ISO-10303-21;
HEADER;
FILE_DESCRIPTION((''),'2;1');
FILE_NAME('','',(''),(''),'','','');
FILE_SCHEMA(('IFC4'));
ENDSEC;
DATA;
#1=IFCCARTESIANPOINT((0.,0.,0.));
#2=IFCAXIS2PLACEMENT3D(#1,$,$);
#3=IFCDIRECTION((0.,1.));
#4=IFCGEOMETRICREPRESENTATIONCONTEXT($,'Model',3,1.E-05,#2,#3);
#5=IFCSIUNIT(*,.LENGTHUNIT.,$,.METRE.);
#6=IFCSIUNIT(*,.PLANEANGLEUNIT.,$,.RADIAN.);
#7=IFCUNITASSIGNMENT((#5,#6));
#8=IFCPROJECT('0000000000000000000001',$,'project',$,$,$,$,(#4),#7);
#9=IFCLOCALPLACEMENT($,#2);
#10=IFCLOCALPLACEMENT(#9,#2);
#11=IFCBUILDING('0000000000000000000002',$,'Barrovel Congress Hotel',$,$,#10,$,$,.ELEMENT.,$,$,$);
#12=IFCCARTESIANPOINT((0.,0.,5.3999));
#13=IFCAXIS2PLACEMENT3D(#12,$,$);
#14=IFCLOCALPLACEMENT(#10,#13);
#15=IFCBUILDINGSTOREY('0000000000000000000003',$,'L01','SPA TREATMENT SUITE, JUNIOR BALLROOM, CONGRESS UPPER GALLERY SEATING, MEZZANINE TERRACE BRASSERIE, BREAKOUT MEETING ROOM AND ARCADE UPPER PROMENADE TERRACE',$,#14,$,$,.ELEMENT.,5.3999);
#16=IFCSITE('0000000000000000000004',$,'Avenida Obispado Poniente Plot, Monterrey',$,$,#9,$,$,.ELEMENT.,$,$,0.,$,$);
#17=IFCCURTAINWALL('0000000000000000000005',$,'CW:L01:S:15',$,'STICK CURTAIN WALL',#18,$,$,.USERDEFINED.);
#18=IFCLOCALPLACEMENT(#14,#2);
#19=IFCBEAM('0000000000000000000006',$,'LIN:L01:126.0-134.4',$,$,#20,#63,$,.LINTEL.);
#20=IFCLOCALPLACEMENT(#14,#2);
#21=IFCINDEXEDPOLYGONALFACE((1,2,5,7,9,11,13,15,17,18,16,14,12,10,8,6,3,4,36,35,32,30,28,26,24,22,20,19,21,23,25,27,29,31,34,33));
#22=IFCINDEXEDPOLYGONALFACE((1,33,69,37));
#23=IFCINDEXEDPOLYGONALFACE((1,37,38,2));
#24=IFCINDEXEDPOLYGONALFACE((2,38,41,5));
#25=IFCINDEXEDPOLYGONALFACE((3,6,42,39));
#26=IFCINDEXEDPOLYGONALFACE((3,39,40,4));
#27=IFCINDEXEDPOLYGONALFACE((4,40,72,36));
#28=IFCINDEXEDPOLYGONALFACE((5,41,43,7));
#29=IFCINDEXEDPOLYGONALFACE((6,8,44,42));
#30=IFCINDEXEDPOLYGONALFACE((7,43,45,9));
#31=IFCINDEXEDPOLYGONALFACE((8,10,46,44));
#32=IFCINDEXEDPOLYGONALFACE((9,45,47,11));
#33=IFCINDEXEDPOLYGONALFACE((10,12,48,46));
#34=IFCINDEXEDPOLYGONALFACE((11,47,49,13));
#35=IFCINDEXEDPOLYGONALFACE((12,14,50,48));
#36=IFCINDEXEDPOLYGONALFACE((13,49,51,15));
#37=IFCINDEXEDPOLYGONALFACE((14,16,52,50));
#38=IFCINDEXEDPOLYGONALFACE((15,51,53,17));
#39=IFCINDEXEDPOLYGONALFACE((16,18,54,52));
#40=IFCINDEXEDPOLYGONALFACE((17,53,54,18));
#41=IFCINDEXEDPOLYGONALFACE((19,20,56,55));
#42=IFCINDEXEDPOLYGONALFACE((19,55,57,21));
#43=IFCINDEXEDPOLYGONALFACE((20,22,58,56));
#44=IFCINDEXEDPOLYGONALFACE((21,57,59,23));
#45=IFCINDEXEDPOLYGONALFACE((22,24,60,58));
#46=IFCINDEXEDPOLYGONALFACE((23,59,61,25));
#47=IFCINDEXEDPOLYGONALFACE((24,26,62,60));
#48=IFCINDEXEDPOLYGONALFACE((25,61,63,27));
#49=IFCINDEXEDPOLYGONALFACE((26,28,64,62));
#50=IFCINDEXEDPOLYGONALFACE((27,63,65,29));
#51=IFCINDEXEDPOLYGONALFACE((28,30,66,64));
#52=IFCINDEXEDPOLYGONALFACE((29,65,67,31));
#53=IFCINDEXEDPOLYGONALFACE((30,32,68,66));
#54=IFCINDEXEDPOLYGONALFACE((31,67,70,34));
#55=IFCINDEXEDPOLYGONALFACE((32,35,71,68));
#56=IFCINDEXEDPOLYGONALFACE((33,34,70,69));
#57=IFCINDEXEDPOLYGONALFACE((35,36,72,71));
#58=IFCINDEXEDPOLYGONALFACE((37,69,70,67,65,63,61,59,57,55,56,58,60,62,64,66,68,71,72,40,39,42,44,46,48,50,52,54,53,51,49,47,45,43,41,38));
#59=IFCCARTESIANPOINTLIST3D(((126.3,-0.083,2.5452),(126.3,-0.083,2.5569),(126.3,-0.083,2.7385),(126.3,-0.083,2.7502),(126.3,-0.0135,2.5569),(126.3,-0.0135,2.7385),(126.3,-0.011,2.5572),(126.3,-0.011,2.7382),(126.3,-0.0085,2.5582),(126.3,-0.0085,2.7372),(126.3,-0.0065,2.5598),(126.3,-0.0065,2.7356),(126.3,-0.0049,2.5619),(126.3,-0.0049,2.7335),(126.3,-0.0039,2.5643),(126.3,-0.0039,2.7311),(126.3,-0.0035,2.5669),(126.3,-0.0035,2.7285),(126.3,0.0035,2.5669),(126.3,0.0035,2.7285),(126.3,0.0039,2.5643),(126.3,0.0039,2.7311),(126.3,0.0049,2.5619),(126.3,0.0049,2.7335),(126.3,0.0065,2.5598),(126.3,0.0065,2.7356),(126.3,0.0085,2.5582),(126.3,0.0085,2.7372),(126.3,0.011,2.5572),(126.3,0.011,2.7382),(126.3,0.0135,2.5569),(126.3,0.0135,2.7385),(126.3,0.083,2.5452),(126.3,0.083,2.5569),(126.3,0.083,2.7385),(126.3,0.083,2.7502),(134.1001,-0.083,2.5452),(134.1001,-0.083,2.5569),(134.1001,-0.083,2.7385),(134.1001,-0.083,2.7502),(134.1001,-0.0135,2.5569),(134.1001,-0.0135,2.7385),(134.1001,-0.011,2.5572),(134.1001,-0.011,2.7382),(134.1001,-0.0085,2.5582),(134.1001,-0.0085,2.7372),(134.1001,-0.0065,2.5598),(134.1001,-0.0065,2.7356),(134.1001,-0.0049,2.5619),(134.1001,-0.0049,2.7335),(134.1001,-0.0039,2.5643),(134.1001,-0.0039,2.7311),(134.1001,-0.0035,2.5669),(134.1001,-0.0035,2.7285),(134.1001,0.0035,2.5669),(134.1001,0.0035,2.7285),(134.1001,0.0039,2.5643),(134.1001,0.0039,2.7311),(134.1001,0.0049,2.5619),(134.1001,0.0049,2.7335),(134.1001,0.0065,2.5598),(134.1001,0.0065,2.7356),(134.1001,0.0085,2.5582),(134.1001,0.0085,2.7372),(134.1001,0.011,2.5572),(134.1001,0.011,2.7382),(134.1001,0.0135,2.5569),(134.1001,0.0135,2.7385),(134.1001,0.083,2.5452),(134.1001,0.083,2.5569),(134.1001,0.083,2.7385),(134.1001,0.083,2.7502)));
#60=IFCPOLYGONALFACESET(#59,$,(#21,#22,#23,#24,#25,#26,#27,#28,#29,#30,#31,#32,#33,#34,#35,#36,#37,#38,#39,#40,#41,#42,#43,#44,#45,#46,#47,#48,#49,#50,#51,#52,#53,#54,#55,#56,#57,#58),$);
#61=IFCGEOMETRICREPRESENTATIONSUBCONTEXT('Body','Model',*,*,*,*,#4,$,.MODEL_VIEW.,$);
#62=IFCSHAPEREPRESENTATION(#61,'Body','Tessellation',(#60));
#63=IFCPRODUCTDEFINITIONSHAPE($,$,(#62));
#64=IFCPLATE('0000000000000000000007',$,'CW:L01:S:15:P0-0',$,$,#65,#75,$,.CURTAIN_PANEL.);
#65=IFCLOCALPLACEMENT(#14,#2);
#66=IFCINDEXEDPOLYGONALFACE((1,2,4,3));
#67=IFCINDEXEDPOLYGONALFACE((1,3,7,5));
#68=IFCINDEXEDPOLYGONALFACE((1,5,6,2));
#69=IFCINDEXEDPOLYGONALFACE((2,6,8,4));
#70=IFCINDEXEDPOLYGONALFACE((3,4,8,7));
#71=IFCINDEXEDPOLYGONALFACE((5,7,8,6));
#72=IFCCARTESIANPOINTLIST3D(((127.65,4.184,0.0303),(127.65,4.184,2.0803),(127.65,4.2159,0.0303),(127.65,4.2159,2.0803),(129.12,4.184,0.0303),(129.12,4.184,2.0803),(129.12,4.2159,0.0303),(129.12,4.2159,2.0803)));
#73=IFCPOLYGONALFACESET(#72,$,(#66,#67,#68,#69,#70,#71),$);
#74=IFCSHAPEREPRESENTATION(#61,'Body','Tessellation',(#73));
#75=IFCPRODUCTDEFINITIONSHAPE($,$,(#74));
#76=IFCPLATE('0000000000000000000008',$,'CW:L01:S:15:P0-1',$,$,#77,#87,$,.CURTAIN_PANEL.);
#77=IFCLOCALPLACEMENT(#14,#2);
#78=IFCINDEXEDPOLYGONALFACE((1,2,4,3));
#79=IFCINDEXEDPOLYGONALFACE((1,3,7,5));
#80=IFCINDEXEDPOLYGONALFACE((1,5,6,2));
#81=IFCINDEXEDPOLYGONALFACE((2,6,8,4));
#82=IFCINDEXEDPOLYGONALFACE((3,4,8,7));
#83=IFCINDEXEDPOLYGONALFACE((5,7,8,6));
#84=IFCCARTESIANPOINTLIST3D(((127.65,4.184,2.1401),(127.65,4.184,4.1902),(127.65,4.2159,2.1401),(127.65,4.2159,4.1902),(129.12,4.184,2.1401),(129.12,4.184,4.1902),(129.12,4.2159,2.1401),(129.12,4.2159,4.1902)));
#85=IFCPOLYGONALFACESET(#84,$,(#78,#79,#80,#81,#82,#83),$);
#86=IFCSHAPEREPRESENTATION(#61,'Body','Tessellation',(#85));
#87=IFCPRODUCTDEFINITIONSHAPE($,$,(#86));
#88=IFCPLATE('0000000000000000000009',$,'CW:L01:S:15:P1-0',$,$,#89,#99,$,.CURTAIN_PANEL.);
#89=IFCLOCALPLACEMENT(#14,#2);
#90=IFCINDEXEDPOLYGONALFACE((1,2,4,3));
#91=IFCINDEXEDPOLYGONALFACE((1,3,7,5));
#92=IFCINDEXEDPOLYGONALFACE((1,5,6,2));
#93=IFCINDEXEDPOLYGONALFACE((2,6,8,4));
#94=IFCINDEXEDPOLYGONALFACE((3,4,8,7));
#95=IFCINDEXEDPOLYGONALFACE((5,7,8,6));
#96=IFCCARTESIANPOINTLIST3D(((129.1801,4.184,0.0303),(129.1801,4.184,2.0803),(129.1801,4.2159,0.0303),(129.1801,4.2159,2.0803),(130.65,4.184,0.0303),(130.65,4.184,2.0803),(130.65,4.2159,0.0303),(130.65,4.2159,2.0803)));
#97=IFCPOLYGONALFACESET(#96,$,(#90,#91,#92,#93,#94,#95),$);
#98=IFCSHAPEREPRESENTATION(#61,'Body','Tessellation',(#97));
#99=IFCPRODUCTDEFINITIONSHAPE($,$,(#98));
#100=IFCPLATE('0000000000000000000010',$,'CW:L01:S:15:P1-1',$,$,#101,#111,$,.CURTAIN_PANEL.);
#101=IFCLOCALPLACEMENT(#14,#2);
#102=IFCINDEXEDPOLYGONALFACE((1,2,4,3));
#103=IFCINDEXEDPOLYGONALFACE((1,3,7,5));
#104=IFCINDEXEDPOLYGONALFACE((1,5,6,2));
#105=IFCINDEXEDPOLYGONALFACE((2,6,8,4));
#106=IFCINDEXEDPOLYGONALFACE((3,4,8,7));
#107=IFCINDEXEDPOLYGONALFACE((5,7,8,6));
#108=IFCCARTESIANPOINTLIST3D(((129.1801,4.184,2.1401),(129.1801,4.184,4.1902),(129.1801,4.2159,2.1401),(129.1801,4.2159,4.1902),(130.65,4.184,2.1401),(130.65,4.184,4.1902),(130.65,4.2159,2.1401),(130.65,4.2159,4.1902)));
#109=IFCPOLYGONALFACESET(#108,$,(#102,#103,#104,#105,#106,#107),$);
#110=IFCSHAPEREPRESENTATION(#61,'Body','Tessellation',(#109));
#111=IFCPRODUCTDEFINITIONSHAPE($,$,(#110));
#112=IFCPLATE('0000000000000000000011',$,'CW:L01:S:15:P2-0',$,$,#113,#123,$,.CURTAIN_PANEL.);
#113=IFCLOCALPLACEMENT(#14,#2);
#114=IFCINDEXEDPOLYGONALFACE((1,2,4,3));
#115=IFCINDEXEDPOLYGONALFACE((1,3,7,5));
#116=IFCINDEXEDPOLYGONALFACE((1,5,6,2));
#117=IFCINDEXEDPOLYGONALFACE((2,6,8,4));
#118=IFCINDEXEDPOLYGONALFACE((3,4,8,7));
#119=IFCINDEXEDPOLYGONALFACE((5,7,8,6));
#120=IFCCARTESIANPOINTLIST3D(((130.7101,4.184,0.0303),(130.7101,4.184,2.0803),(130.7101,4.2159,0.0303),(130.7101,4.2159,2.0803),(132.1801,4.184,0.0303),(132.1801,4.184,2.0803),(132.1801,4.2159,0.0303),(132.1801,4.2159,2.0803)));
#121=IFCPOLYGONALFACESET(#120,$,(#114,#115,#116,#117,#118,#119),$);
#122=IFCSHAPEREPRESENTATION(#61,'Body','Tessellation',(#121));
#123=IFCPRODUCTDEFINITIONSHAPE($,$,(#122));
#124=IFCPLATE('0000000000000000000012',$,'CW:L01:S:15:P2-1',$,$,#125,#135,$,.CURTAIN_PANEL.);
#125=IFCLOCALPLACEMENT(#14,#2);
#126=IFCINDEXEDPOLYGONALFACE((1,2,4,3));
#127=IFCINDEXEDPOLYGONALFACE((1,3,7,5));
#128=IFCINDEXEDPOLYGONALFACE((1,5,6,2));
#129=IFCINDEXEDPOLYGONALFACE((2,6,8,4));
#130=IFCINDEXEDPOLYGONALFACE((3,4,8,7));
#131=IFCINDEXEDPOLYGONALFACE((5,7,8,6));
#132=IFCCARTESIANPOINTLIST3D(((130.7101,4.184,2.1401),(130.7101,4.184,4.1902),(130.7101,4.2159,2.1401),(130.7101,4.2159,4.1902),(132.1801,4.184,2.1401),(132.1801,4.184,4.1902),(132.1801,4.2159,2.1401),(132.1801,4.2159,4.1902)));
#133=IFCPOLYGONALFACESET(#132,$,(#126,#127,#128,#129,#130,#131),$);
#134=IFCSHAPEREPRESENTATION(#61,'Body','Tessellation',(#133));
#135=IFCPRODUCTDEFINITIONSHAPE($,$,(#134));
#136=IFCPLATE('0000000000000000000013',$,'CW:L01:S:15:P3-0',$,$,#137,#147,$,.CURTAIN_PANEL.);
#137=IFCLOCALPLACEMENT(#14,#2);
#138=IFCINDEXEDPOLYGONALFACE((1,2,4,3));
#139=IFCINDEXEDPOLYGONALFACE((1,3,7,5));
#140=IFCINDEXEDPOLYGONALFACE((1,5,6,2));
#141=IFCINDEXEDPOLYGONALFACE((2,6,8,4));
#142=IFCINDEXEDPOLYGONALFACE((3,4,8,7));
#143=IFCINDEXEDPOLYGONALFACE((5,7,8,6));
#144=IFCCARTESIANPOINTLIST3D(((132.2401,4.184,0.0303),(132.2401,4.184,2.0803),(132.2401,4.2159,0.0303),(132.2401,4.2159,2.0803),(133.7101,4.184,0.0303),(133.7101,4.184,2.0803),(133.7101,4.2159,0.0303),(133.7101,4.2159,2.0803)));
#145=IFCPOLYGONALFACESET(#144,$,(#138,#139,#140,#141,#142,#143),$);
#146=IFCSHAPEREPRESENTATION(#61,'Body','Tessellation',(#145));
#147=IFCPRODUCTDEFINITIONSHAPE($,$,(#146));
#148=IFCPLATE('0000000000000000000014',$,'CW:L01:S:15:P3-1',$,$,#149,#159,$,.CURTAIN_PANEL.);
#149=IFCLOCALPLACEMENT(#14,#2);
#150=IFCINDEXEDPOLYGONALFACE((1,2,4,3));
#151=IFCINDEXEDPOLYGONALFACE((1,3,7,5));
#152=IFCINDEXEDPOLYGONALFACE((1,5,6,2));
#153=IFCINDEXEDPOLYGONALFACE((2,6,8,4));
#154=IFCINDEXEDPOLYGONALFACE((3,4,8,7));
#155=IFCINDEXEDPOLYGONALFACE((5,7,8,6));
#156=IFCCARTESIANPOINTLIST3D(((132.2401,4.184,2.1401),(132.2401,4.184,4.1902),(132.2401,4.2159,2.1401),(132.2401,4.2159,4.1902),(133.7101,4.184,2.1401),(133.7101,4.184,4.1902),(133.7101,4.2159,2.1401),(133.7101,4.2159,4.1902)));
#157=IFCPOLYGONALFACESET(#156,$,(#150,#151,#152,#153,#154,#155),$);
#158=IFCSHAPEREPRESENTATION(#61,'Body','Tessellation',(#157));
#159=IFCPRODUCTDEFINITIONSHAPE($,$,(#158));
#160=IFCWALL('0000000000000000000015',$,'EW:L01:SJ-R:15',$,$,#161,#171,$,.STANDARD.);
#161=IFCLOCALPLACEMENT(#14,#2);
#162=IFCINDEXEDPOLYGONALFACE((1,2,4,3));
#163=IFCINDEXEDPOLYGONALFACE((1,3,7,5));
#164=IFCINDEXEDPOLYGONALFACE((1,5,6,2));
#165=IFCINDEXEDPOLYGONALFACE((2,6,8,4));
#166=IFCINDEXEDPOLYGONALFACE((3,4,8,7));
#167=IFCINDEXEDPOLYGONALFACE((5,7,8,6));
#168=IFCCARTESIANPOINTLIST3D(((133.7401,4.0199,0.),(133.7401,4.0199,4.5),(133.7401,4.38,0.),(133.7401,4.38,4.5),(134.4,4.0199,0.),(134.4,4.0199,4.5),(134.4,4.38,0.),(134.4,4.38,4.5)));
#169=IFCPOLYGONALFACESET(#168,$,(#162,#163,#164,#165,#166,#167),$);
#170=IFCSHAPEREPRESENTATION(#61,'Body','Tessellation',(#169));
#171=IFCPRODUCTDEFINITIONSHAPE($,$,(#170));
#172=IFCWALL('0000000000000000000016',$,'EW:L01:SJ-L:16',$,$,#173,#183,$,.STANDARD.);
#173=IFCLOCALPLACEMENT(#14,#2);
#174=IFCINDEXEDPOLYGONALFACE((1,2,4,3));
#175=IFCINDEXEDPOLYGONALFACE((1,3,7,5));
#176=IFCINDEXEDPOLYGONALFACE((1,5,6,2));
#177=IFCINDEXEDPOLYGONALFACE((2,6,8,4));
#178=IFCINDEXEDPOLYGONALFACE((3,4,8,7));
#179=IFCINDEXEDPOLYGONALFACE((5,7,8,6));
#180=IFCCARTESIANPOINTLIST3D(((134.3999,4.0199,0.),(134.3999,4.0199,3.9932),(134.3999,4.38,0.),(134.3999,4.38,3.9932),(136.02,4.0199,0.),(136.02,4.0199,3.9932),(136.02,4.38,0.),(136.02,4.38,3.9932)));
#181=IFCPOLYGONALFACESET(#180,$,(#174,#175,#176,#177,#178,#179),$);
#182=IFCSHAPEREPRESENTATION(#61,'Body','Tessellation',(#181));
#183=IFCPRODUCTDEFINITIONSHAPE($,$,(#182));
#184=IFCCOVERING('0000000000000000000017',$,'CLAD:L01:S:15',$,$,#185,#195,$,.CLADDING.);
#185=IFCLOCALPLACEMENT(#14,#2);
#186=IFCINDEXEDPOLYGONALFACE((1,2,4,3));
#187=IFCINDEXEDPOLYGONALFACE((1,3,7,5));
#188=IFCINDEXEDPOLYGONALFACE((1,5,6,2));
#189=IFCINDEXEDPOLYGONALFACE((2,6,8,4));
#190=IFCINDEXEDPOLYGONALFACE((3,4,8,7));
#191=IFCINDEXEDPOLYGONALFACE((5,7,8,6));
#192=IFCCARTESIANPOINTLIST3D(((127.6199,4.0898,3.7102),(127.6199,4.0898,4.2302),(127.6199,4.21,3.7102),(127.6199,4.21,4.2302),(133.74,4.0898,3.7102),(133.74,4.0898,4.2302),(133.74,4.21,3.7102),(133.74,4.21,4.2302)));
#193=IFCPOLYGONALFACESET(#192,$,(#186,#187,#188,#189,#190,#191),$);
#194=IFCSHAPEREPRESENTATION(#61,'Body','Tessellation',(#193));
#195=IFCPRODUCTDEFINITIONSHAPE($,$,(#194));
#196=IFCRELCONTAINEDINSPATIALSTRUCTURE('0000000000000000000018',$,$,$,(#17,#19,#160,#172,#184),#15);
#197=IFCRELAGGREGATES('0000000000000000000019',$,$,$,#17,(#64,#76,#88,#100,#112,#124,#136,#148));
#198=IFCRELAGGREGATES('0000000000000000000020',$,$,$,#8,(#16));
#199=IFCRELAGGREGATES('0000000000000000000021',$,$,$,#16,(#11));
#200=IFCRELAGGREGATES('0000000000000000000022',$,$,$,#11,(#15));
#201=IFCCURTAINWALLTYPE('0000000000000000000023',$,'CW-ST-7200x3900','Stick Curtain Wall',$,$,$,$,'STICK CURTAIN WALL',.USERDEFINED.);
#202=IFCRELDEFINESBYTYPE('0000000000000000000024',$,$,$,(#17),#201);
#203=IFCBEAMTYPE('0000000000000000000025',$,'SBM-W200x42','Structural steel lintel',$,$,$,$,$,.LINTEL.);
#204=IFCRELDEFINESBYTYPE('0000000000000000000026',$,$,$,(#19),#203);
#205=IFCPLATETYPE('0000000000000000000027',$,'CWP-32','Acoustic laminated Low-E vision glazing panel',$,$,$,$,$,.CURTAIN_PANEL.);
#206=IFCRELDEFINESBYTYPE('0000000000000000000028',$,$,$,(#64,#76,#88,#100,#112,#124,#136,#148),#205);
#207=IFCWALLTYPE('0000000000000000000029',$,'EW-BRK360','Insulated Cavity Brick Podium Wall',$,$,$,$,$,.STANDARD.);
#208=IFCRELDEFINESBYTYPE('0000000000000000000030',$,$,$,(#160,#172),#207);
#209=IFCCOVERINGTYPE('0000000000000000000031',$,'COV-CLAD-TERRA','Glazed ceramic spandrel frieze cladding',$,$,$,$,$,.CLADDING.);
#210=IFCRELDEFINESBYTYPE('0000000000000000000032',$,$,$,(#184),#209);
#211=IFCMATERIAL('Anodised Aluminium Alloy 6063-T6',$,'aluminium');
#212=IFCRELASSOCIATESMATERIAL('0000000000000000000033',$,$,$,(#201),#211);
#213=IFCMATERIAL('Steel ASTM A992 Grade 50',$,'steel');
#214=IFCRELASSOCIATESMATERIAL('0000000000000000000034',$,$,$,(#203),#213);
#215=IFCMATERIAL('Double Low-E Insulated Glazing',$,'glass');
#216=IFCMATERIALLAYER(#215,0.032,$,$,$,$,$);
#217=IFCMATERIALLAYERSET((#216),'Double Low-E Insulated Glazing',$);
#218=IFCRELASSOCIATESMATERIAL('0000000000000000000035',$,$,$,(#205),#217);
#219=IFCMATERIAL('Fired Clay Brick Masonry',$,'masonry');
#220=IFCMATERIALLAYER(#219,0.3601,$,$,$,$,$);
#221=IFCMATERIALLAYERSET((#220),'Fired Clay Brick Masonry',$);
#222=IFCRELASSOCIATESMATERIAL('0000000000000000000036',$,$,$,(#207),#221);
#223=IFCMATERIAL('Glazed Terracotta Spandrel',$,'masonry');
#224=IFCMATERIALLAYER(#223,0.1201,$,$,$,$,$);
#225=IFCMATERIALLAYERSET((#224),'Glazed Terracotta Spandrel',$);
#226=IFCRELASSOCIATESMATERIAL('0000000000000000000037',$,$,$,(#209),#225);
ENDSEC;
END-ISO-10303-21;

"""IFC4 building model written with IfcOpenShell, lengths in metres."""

from ifc_helpers import new_model, si_unit, direction, frame, frame_2d, origin, origin_2d, place, context, subcontext, project, spatial, rectangle, i_section, extrude, material, layer, layer_set, material_profile, profile_set, type_object, element, aggregate, save


model = new_model("IFC4")

# Units and contexts
model_context = context("Model", 3, precision=1e-05, world=origin(), true_north=direction((0.0, 1.0)))
body_context = subcontext(model_context, "Body", "Model", "MODEL_VIEW")
ifc_project = project(units=[si_unit("LENGTHUNIT", "METRE"), si_unit("PLANEANGLEUNIT", "RADIAN")], contexts=[model_context])

# Site, building, storey
site_placement = place(None, origin())
site = spatial("IfcSite", under=ifc_project, at=site_placement, Name="Avenida Obispado Poniente Plot, Monterrey", CompositionType="ELEMENT", RefElevation=0.0)
building_placement = place(site_placement, origin())
building = spatial("IfcBuilding", under=site, at=building_placement, Name="Barrovel Congress Hotel", CompositionType="ELEMENT")
storey_placement = place(building_placement, frame((0.0, 0.0, 5.3999)))
storey = spatial("IfcBuildingStorey", under=building, at=storey_placement, Name="L01", Description="SPA TREATMENT SUITE, JUNIOR BALLROOM, CONGRESS UPPER GALLERY SEATING, MEZZANINE TERRACE BRASSERIE, BREAKOUT MEETING ROOM AND ARCADE UPPER PROMENADE TERRACE", CompositionType="ELEMENT", Elevation=5.3999)

# Curtain wall
ifc_material_1 = material(Name="Anodised Aluminium Alloy 6063-T6", Category="aluminium")
curtain_wall_type = type_object("IfcCurtainWallType", Name="CW-ST-7200x3900", Description="Stick Curtain Wall", ElementType="STICK CURTAIN WALL", PredefinedType="USERDEFINED", material=ifc_material_1)
curtain_wall_placement = place(storey_placement, origin())
curtain_wall = element("IfcCurtainWall", 1, at=curtain_wall_placement, inside=storey, type_object=curtain_wall_type, Name="CW:L01:S:15", ObjectType="STICK CURTAIN WALL", PredefinedType="USERDEFINED")

# Beam
ifc_material_2 = material(Name="Steel ASTM A992 Grade 50", Category="steel")
ifc_material_profile_1 = material_profile(ifc_material_2, i_section(OverallWidth=0.166, OverallDepth=0.2051, WebThickness=0.0071, FlangeThickness=0.0117, FilletRadius=0.01, at=origin_2d()), Name="W200x42")
ifc_profile_set_1 = profile_set([ifc_material_profile_1], Name="Steel ASTM A992 Grade 50")
beam_type_1 = type_object("IfcBeamType", Name="SBM-W200x42", Description="Structural steel lintel", PredefinedType="LINTEL", material=ifc_profile_set_1)
beam_1_placement = place(storey_placement, frame((126.3, 0.0, 2.6477), z_axis=(1.0, 0.0, 0.0), x_axis=(0.0, 1.0, 0.0)))
element("IfcBeam", 2, at=beam_1_placement, inside=storey, type_object=beam_type_1, Name="LIN:L01:126.0-134.4", PredefinedType="LINTEL", context=body_context, shape_type="SweptSolid", body=[
    extrude(i_section(OverallWidth=0.166, OverallDepth=0.2051, WebThickness=0.0071, FlangeThickness=0.0117, FilletRadius=0.01, at=origin_2d()), origin(), (0.0, 0.0, 1.0), 7.8),
])

# Plates
ifc_material_3 = material(Name="Double Low-E Insulated Glazing", Category="glass")
ifc_layer_1 = layer(ifc_material_3, 0.032)
ifc_layer_set_1 = layer_set([ifc_layer_1], Name="Double Low-E Insulated Glazing")
plate_type = type_object("IfcPlateType", Name="CWP-32", Description="Acoustic laminated Low-E vision glazing panel", PredefinedType="CURTAIN_PANEL", material=ifc_layer_set_1)
plate_1_placement = place(storey_placement, frame((128.385, 4.2, 0.0303), z_axis=(0.0, 0.0, 1.0), x_axis=(1.0, 0.0, 0.0)))
plate_1 = element("IfcPlate", 3, at=plate_1_placement, type_object=plate_type, Name="CW:L01:S:15:P0-0", PredefinedType="CURTAIN_PANEL", context=body_context, shape_type="SweptSolid", body=[
    extrude(rectangle(XDim=1.47, YDim=0.032, at=origin_2d()), origin(), (0.0, 0.0, 1.0), 2.05),
])
plate_2_placement = place(storey_placement, frame((128.385, 4.2, 2.1401), z_axis=(0.0, 0.0, 1.0), x_axis=(1.0, 0.0, 0.0)))
plate_2 = element("IfcPlate", 4, at=plate_2_placement, type_object=plate_type, Name="CW:L01:S:15:P0-1", PredefinedType="CURTAIN_PANEL", context=body_context, shape_type="SweptSolid", body=[
    extrude(rectangle(XDim=1.47, YDim=0.032, at=origin_2d()), origin(), (0.0, 0.0, 1.0), 2.05),
])
plate_3_placement = place(storey_placement, frame((129.915, 4.2, 0.0303), z_axis=(0.0, 0.0, 1.0), x_axis=(1.0, 0.0, 0.0)))
plate_3 = element("IfcPlate", 5, at=plate_3_placement, type_object=plate_type, Name="CW:L01:S:15:P1-0", PredefinedType="CURTAIN_PANEL", context=body_context, shape_type="SweptSolid", body=[
    extrude(rectangle(XDim=1.47, YDim=0.032, at=origin_2d()), origin(), (0.0, 0.0, 1.0), 2.05),
])
plate_4_placement = place(storey_placement, frame((129.915, 4.2, 2.1401), z_axis=(0.0, 0.0, 1.0), x_axis=(1.0, 0.0, 0.0)))
plate_4 = element("IfcPlate", 6, at=plate_4_placement, type_object=plate_type, Name="CW:L01:S:15:P1-1", PredefinedType="CURTAIN_PANEL", context=body_context, shape_type="SweptSolid", body=[
    extrude(rectangle(XDim=1.47, YDim=0.032, at=origin_2d()), origin(), (0.0, 0.0, 1.0), 2.05),
])
plate_5_placement = place(storey_placement, frame((131.4451, 4.2, 0.0303), z_axis=(0.0, 0.0, 1.0), x_axis=(1.0, 0.0, 0.0)))
plate_5 = element("IfcPlate", 7, at=plate_5_placement, type_object=plate_type, Name="CW:L01:S:15:P2-0", PredefinedType="CURTAIN_PANEL", context=body_context, shape_type="SweptSolid", body=[
    extrude(rectangle(XDim=1.47, YDim=0.032, at=origin_2d()), origin(), (0.0, 0.0, 1.0), 2.05),
])
plate_6_placement = place(storey_placement, frame((131.4451, 4.2, 2.1401), z_axis=(0.0, 0.0, 1.0), x_axis=(1.0, 0.0, 0.0)))
plate_6 = element("IfcPlate", 8, at=plate_6_placement, type_object=plate_type, Name="CW:L01:S:15:P2-1", PredefinedType="CURTAIN_PANEL", context=body_context, shape_type="SweptSolid", body=[
    extrude(rectangle(XDim=1.47, YDim=0.032, at=origin_2d()), origin(), (0.0, 0.0, 1.0), 2.05),
])
plate_7_placement = place(storey_placement, frame((132.9751, 4.2, 0.0303), z_axis=(0.0, 0.0, 1.0), x_axis=(1.0, 0.0, 0.0)))
plate_7 = element("IfcPlate", 9, at=plate_7_placement, type_object=plate_type, Name="CW:L01:S:15:P3-0", PredefinedType="CURTAIN_PANEL", context=body_context, shape_type="SweptSolid", body=[
    extrude(rectangle(XDim=1.47, YDim=0.032, at=origin_2d()), origin(), (0.0, 0.0, 1.0), 2.05),
])
plate_8_placement = place(storey_placement, frame((132.9751, 4.2, 2.1401), z_axis=(0.0, 0.0, 1.0), x_axis=(1.0, 0.0, 0.0)))
plate_8 = element("IfcPlate", 10, at=plate_8_placement, type_object=plate_type, Name="CW:L01:S:15:P3-1", PredefinedType="CURTAIN_PANEL", context=body_context, shape_type="SweptSolid", body=[
    extrude(rectangle(XDim=1.47, YDim=0.032, at=origin_2d()), origin(), (0.0, 0.0, 1.0), 2.05),
])
aggregate(curtain_wall, [plate_1, plate_2, plate_3, plate_4, plate_5, plate_6, plate_7, plate_8])

# Walls
ifc_material_4 = material(Name="Fired Clay Brick Masonry", Category="masonry")
ifc_layer_2 = layer(ifc_material_4, 0.3601)
ifc_layer_set_2 = layer_set([ifc_layer_2], Name="Fired Clay Brick Masonry")
wall_type = type_object("IfcWallType", Name="EW-BRK360", Description="Insulated Cavity Brick Podium Wall", PredefinedType="STANDARD", material=ifc_layer_set_2)
wall_1_placement = place(storey_placement, frame((133.74, 4.2, 0.0), z_axis=(0.0, 0.0, 1.0), x_axis=(1.0, 0.0, 0.0)))
element("IfcWall", 11, at=wall_1_placement, inside=storey, type_object=wall_type, Name="EW:L01:SJ-R:15", PredefinedType="STANDARD", context=body_context, shape_type="SweptSolid", body=[
    extrude(rectangle(XDim=0.6599, YDim=0.3601, at=frame_2d((0.3301, 0.0))), origin(), (0.0, 0.0, 1.0), 4.5),
])
wall_2_placement = place(storey_placement, frame((134.3999, 4.2, 0.0), z_axis=(0.0, 0.0, 1.0), x_axis=(1.0, 0.0, 0.0)))
element("IfcWall", 12, at=wall_2_placement, inside=storey, type_object=wall_type, Name="EW:L01:SJ-L:16", PredefinedType="STANDARD", context=body_context, shape_type="SweptSolid", body=[
    extrude(rectangle(XDim=1.6201, YDim=0.3601, at=frame_2d((0.8101, 0.0))), origin(), (0.0, 0.0, 1.0), 3.9932),
])

# Covering
ifc_material_5 = material(Name="Glazed Terracotta Spandrel", Category="masonry")
ifc_layer_3 = layer(ifc_material_5, 0.1201)
ifc_layer_set_3 = layer_set([ifc_layer_3], Name="Glazed Terracotta Spandrel")
covering_type = type_object("IfcCoveringType", Name="COV-CLAD-TERRA", Description="Glazed ceramic spandrel frieze cladding", PredefinedType="CLADDING", material=ifc_layer_set_3)
covering_placement = place(storey_placement, frame((130.6799, 4.1499, 3.7102), z_axis=(0.0, 0.0, 1.0), x_axis=(1.0, 0.0, 0.0)))
element("IfcCovering", 13, at=covering_placement, inside=storey, type_object=covering_type, Name="CLAD:L01:S:15", PredefinedType="CLADDING", context=body_context, shape_type="SweptSolid", body=[
    extrude(rectangle(XDim=6.1201, YDim=0.1201, at=origin_2d()), origin(), (0.0, 0.0, 1.0), 0.52),
])

save(model, "model.ifc")
